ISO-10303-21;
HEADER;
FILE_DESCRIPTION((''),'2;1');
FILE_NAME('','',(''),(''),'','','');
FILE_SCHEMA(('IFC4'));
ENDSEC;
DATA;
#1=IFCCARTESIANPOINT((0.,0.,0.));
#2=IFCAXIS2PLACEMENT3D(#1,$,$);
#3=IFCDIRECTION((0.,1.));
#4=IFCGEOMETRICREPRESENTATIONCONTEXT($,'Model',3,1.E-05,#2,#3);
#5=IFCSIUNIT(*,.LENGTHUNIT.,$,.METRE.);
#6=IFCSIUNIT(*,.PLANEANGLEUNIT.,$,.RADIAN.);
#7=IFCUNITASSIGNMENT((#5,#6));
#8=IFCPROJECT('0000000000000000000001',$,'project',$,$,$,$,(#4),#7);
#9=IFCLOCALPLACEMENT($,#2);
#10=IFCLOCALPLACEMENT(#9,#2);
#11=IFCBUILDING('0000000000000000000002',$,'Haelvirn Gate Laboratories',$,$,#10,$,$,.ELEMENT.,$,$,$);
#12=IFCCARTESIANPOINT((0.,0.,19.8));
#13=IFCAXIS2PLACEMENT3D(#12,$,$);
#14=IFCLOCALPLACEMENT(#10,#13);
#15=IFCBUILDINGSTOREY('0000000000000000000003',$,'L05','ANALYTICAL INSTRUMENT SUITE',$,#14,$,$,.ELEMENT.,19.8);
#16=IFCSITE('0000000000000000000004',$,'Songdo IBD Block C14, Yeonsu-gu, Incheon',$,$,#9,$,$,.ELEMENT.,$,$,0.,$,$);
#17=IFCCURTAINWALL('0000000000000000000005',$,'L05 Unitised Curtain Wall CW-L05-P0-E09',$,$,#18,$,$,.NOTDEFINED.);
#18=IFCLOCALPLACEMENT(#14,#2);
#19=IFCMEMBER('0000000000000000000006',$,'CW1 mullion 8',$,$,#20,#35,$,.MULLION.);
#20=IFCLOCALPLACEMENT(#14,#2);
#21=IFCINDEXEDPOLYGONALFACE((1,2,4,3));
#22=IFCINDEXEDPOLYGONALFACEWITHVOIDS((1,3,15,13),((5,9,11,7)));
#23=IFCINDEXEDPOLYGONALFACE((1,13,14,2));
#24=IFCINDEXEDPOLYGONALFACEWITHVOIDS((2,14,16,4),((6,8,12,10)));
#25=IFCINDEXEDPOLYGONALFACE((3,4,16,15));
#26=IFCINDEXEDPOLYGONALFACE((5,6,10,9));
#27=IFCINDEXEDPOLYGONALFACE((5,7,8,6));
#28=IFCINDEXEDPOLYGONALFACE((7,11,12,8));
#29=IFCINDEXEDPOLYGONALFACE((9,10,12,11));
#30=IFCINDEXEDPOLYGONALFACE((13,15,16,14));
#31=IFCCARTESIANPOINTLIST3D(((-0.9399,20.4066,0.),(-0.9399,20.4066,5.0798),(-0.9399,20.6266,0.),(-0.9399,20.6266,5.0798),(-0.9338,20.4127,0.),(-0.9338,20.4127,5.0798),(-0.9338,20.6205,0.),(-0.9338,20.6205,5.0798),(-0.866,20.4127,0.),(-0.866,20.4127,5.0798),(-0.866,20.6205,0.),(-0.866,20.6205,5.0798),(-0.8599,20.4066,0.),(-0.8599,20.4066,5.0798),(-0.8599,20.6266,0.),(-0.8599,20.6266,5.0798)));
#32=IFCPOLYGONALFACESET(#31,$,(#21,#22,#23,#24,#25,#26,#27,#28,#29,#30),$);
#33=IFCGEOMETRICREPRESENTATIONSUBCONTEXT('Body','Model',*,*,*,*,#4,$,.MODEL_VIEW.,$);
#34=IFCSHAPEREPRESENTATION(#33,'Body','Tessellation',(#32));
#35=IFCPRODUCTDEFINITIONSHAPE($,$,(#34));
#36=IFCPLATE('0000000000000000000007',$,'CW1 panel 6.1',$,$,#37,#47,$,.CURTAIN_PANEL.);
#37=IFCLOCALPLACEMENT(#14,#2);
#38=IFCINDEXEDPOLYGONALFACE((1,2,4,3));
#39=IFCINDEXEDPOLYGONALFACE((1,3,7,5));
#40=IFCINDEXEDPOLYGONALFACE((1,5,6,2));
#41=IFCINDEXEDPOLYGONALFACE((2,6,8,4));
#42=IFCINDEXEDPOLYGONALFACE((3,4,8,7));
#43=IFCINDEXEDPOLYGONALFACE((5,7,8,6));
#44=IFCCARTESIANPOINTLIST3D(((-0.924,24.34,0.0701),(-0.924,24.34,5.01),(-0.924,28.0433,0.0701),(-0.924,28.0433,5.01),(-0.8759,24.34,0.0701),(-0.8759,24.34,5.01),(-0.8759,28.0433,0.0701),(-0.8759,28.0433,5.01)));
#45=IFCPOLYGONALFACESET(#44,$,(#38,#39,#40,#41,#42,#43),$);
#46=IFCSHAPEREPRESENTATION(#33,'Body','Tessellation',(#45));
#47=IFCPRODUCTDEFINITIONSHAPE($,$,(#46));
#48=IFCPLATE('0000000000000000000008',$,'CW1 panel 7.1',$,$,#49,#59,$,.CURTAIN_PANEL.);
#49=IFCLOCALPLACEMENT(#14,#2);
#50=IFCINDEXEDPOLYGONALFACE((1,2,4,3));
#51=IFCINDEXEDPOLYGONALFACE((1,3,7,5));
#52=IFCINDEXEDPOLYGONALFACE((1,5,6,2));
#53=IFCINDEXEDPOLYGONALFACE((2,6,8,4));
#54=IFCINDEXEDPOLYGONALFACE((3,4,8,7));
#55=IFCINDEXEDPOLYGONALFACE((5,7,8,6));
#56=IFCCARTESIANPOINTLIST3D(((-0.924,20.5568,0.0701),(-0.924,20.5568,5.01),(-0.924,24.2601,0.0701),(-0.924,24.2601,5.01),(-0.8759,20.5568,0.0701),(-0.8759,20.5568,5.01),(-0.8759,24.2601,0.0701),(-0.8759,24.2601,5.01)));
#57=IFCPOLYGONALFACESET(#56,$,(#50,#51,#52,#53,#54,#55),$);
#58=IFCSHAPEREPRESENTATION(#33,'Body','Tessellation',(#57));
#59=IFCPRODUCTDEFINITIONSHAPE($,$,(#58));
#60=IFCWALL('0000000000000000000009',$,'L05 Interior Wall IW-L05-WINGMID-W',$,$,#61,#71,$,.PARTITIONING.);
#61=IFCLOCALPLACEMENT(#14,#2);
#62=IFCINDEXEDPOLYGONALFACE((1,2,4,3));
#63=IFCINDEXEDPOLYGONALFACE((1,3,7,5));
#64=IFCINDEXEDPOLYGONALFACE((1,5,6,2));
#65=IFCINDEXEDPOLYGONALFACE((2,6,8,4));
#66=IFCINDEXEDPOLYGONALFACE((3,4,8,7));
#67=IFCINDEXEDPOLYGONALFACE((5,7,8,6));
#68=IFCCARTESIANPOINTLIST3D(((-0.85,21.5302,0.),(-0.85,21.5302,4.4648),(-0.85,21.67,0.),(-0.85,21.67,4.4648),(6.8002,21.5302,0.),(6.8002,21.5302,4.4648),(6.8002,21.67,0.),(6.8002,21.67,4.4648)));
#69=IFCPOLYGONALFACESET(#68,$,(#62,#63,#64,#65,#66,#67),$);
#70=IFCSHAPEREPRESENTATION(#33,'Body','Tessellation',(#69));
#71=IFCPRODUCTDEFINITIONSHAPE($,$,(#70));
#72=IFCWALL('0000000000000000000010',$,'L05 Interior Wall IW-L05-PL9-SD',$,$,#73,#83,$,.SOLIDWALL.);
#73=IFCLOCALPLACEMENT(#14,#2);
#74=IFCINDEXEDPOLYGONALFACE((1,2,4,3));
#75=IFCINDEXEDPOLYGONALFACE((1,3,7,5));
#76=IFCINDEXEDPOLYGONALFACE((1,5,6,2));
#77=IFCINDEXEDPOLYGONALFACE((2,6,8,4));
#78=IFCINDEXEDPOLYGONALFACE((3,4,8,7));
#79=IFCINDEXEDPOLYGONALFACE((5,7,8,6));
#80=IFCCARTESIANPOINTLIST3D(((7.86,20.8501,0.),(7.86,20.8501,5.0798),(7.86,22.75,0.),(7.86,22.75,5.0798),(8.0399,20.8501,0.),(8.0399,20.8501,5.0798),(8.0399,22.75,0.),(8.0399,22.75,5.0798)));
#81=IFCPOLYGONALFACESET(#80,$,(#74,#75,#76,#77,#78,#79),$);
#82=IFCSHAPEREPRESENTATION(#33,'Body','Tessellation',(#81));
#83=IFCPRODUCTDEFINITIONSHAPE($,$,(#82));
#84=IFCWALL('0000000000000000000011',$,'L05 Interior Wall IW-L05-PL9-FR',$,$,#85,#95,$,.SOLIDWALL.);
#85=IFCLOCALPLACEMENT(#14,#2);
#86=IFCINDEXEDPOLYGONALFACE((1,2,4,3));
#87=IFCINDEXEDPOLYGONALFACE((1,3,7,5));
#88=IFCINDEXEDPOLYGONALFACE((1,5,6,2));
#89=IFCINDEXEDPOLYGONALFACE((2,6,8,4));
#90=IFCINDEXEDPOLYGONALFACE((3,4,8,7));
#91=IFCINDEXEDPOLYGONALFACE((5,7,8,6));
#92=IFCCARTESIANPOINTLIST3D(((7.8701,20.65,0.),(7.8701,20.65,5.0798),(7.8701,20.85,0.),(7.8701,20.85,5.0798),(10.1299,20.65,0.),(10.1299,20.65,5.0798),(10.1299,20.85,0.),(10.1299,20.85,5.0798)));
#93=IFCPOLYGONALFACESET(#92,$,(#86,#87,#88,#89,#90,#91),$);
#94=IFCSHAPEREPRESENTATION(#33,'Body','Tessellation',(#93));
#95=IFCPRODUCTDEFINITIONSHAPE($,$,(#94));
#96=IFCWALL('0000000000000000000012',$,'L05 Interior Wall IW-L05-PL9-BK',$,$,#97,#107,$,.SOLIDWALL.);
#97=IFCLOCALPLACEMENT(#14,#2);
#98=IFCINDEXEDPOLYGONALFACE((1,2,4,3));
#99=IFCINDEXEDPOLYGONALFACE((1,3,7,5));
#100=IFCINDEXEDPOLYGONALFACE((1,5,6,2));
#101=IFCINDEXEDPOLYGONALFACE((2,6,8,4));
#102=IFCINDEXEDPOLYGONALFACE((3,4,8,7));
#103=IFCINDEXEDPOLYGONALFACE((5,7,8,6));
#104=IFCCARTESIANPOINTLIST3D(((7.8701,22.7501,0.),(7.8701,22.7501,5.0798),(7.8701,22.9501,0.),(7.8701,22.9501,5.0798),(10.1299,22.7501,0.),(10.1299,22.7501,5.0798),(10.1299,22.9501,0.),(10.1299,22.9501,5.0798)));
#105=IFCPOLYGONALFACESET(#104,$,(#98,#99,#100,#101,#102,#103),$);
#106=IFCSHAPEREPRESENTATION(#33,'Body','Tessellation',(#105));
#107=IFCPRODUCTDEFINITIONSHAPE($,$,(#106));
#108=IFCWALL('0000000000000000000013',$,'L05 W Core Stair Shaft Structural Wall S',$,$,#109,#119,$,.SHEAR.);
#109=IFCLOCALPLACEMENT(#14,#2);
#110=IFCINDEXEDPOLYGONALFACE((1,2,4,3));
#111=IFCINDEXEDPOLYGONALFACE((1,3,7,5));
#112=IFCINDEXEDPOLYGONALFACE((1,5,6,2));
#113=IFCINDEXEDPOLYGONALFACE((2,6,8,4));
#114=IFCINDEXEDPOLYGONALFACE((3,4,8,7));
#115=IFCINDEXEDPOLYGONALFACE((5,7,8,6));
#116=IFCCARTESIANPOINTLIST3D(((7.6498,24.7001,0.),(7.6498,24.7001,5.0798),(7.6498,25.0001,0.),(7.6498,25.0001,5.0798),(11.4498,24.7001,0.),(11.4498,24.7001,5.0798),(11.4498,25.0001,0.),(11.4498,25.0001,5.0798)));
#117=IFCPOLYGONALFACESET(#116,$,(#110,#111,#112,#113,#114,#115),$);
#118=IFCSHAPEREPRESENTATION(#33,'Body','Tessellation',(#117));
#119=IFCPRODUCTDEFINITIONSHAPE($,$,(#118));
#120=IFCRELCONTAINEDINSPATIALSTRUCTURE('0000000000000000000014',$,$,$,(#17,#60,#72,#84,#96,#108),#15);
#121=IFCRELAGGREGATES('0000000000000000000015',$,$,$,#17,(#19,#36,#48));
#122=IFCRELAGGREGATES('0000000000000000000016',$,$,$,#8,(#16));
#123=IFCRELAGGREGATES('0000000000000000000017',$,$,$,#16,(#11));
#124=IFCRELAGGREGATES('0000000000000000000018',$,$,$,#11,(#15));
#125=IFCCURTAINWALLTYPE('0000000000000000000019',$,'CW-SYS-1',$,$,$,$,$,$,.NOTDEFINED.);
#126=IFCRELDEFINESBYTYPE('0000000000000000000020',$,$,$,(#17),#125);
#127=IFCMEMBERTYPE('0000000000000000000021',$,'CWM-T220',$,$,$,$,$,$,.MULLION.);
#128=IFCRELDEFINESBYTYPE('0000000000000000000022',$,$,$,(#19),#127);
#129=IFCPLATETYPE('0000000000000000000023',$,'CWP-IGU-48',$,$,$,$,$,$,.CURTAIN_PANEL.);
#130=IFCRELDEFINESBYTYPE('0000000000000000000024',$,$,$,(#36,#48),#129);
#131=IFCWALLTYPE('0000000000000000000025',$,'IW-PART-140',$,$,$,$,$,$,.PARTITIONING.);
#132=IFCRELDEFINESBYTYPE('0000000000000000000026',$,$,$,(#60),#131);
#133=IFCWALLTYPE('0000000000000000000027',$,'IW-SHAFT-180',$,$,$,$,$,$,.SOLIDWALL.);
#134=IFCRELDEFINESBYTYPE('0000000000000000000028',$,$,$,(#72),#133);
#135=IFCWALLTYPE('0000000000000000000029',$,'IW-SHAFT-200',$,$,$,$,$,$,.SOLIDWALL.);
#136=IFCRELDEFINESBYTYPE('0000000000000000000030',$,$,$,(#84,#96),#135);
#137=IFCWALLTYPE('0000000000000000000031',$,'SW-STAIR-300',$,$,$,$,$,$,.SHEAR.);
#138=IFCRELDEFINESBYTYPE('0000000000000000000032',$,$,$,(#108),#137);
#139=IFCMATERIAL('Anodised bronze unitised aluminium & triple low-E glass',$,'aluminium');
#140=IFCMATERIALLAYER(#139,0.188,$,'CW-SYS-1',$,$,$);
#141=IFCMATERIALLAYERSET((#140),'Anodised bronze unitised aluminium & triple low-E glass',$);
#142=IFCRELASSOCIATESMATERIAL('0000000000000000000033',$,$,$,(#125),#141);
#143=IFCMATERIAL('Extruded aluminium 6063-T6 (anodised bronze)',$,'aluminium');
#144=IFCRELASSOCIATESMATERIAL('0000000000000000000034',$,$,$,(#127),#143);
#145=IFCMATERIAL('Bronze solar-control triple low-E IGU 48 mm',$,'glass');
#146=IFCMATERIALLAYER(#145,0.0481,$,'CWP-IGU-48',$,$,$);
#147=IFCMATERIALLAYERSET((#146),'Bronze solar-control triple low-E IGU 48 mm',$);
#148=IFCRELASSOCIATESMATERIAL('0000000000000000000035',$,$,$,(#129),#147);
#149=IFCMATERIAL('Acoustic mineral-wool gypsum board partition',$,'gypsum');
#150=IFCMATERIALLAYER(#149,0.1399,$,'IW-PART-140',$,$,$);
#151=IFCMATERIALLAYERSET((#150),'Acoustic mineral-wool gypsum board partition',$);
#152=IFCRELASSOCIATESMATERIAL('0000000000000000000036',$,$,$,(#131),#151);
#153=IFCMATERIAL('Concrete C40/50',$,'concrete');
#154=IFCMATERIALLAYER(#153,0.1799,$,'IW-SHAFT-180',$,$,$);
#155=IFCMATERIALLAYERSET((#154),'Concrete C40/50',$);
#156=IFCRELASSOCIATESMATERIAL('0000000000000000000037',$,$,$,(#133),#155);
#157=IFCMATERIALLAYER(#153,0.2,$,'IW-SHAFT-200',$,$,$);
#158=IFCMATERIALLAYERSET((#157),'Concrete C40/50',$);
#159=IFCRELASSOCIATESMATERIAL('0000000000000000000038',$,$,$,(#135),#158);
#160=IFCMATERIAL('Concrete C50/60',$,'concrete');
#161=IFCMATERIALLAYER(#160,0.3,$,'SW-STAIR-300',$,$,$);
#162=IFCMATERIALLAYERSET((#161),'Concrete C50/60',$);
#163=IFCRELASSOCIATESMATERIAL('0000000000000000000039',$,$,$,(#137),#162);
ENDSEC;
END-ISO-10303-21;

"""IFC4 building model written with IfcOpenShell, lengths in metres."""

from ifc_helpers import new_model, si_unit, direction, frame, frame_2d, origin, origin_2d, place, context, subcontext, project, spatial, rectangle, hollow_rectangle, extrude, source, transform, mapped, material, layer, layer_set, material_profile, profile_set, type_object, type_shapes, element, aggregate, save


model = new_model("IFC4")

# Units and contexts
model_context = context("Model", 3, precision=1e-05, world=origin(), true_north=direction((0.0, 1.0)))
body_context = subcontext(model_context, "Body", "Model", "MODEL_VIEW")
ifc_project = project(units=[si_unit("LENGTHUNIT", "METRE"), si_unit("PLANEANGLEUNIT", "RADIAN")], contexts=[model_context])

# Site, building, storey
site_placement = place(None, origin())
site = spatial("IfcSite", under=ifc_project, at=site_placement, Name="Songdo IBD Block C14, Yeonsu-gu, Incheon", CompositionType="ELEMENT", RefElevation=0.0)
building_placement = place(site_placement, origin())
building = spatial("IfcBuilding", under=site, at=building_placement, Name="Haelvirn Gate Laboratories", CompositionType="ELEMENT")
storey_placement = place(building_placement, frame((0.0, 0.0, 19.8)))
storey = spatial("IfcBuildingStorey", under=building, at=storey_placement, Name="L05", Description="ANALYTICAL INSTRUMENT SUITE", CompositionType="ELEMENT", Elevation=19.8)

# Curtain wall, member, plates
ifc_material_1 = material(Name="Anodised bronze unitised aluminium & triple low-E glass", Category="aluminium")
ifc_layer_1 = layer(ifc_material_1, 0.188, Name="CW-SYS-1")
ifc_layer_set_1 = layer_set([ifc_layer_1], Name="Anodised bronze unitised aluminium & triple low-E glass")
curtain_wall_type = type_object("IfcCurtainWallType", Name="CW-SYS-1", PredefinedType="NOTDEFINED", material=ifc_layer_set_1)
curtain_wall_placement = place(storey_placement, origin())
curtain_wall = element("IfcCurtainWall", 1, at=curtain_wall_placement, inside=storey, type_object=curtain_wall_type, Name="L05 Unitised Curtain Wall CW-L05-P0-E09", PredefinedType="NOTDEFINED")
ifc_material_2 = material(Name="Extruded aluminium 6063-T6 (anodised bronze)", Category="aluminium")
ifc_material_profile_1 = material_profile(ifc_material_2, hollow_rectangle(XDim=0.0801, YDim=0.22, WallThickness=0.0061, at=origin_2d()), Name="CWM-220x80x6")
ifc_profile_set_1 = profile_set([ifc_material_profile_1], Name="Extruded aluminium 6063-T6 (anodised bronze)")
member_type_1 = type_object("IfcMemberType", Name="CWM-T220", PredefinedType="MULLION", material=ifc_profile_set_1)
shared_shape_1 = source(origin(), body_context, "Body", "SweptSolid", [
    extrude(hollow_rectangle(XDim=0.0801, YDim=0.22, WallThickness=0.0061, at=origin_2d()), origin(), (0.0, 0.0, 1.0), 5.0798),
])
type_shapes(member_type_1, [shared_shape_1])
member_1_placement = place(storey_placement, frame((-0.8999, 20.5166, 0.0), z_axis=(0.0, 0.0, 1.0), x_axis=(1.0, 0.0, 0.0)))
member_1 = element("IfcMember", 2, at=member_1_placement, type_object=member_type_1, Name="CW1 mullion 8", PredefinedType="MULLION", context=body_context, shape_type="MappedRepresentation", body=[
    mapped(shared_shape_1, transform((0.0, 0.0, 0.0), scale=1.0)),
])
ifc_material_3 = material(Name="Bronze solar-control triple low-E IGU 48 mm", Category="glass")
ifc_layer_2 = layer(ifc_material_3, 0.0481, Name="CWP-IGU-48")
ifc_layer_set_2 = layer_set([ifc_layer_2], Name="Bronze solar-control triple low-E IGU 48 mm")
plate_type = type_object("IfcPlateType", Name="CWP-IGU-48", PredefinedType="CURTAIN_PANEL", material=ifc_layer_set_2)
shared_shape_2 = source(origin(), body_context, "Body", "SweptSolid", [
    extrude(rectangle(XDim=3.7034, YDim=0.0481, at=origin_2d()), origin(), (0.0, 0.0, 1.0), 4.9399),
])
type_shapes(plate_type, [shared_shape_2])
plate_1_placement = place(storey_placement, frame((-0.8999, 26.1917, 0.0701), z_axis=(0.0, 0.0, 1.0), x_axis=(0.0, -1.0, 0.0)))
plate_1 = element("IfcPlate", 3, at=plate_1_placement, type_object=plate_type, Name="CW1 panel 6.1", PredefinedType="CURTAIN_PANEL", context=body_context, shape_type="MappedRepresentation", body=[
    mapped(shared_shape_2, transform((0.0, 0.0, 0.0), scale=1.0)),
])
plate_2_placement = place(storey_placement, frame((-0.8999, 22.4084, 0.0701), z_axis=(0.0, 0.0, 1.0), x_axis=(0.0, -1.0, 0.0)))
plate_2 = element("IfcPlate", 4, at=plate_2_placement, type_object=plate_type, Name="CW1 panel 7.1", PredefinedType="CURTAIN_PANEL", context=body_context, shape_type="MappedRepresentation", body=[
    mapped(shared_shape_2, transform((0.0, 0.0, 0.0), scale=1.0)),
])
aggregate(curtain_wall, [member_1, plate_1, plate_2])

# Walls
ifc_material_4 = material(Name="Acoustic mineral-wool gypsum board partition", Category="gypsum")
ifc_layer_3 = layer(ifc_material_4, 0.1399, Name="IW-PART-140")
ifc_layer_set_3 = layer_set([ifc_layer_3], Name="Acoustic mineral-wool gypsum board partition")
wall_type_1 = type_object("IfcWallType", Name="IW-PART-140", PredefinedType="PARTITIONING", material=ifc_layer_set_3)
wall_1_placement = place(storey_placement, frame((-0.8501, 21.6001, 0.0), z_axis=(0.0, 0.0, 1.0), x_axis=(1.0, 0.0, 0.0)))
element("IfcWall", 5, at=wall_1_placement, inside=storey, type_object=wall_type_1, Name="L05 Interior Wall IW-L05-WINGMID-W", PredefinedType="PARTITIONING", context=body_context, shape_type="SweptSolid", body=[
    extrude(rectangle(XDim=7.6501, YDim=0.1399, at=frame_2d((3.8252, 0.0))), origin(), (0.0, 0.0, 1.0), 4.4648),
])
ifc_material_5 = material(Name="Concrete C40/50", Category="concrete")
ifc_layer_4 = layer(ifc_material_5, 0.1799, Name="IW-SHAFT-180")
ifc_layer_set_4 = layer_set([ifc_layer_4], Name="Concrete C40/50")
wall_type_2 = type_object("IfcWallType", Name="IW-SHAFT-180", PredefinedType="SOLIDWALL", material=ifc_layer_set_4)
wall_2_placement = place(storey_placement, frame((7.95, 20.8501, 0.0), z_axis=(0.0, 0.0, 1.0), x_axis=(0.0, 1.0, 0.0)))
element("IfcWall", 6, at=wall_2_placement, inside=storey, type_object=wall_type_2, Name="L05 Interior Wall IW-L05-PL9-SD", PredefinedType="SOLIDWALL", context=body_context, shape_type="SweptSolid", body=[
    extrude(rectangle(XDim=1.8999, YDim=0.1799, at=frame_2d((0.95, 0.0))), origin(), (0.0, 0.0, 1.0), 5.0798),
])
ifc_layer_5 = layer(ifc_material_5, 0.2, Name="IW-SHAFT-200")
ifc_layer_set_5 = layer_set([ifc_layer_5], Name="Concrete C40/50")
wall_type_3 = type_object("IfcWallType", Name="IW-SHAFT-200", PredefinedType="SOLIDWALL", material=ifc_layer_set_5)
for number, where, z_axis, x_axis, name in (
    (7, (7.8701, 20.75, 0.0), (0.0, 0.0, 1.0), (1.0, 0.0, 0.0), "L05 Interior Wall IW-L05-PL9-FR"),
    (8, (7.8701, 22.8501, 0.0), (0.0, 0.0, 1.0), (1.0, 0.0, 0.0), "L05 Interior Wall IW-L05-PL9-BK"),
):
    element("IfcWall", number, at=place(storey_placement, frame(where, z_axis=z_axis, x_axis=x_axis)), inside=storey, type_object=wall_type_3, Name=name, PredefinedType="SOLIDWALL", context=body_context, shape_type="SweptSolid", body=[
        extrude(rectangle(XDim=2.2598, YDim=0.2, at=frame_2d((1.1299, 0.0))), origin(), (0.0, 0.0, 1.0), 5.0798),
    ])
ifc_material_6 = material(Name="Concrete C50/60", Category="concrete")
ifc_layer_6 = layer(ifc_material_6, 0.3, Name="SW-STAIR-300")
ifc_layer_set_6 = layer_set([ifc_layer_6], Name="Concrete C50/60")
wall_type_4 = type_object("IfcWallType", Name="SW-STAIR-300", PredefinedType="SHEAR", material=ifc_layer_set_6)
wall_3_placement = place(storey_placement, frame((7.6499, 24.8501, 0.0), z_axis=(0.0, 0.0, 1.0), x_axis=(1.0, 0.0, 0.0)))
element("IfcWall", 9, at=wall_3_placement, inside=storey, type_object=wall_type_4, Name="L05 W Core Stair Shaft Structural Wall S", PredefinedType="SHEAR", context=body_context, shape_type="SweptSolid", body=[
    extrude(rectangle(XDim=3.8, YDim=0.3, at=frame_2d((1.8999, 0.0))), origin(), (0.0, 0.0, 1.0), 5.0798),
])

save(model, "model.ifc")
